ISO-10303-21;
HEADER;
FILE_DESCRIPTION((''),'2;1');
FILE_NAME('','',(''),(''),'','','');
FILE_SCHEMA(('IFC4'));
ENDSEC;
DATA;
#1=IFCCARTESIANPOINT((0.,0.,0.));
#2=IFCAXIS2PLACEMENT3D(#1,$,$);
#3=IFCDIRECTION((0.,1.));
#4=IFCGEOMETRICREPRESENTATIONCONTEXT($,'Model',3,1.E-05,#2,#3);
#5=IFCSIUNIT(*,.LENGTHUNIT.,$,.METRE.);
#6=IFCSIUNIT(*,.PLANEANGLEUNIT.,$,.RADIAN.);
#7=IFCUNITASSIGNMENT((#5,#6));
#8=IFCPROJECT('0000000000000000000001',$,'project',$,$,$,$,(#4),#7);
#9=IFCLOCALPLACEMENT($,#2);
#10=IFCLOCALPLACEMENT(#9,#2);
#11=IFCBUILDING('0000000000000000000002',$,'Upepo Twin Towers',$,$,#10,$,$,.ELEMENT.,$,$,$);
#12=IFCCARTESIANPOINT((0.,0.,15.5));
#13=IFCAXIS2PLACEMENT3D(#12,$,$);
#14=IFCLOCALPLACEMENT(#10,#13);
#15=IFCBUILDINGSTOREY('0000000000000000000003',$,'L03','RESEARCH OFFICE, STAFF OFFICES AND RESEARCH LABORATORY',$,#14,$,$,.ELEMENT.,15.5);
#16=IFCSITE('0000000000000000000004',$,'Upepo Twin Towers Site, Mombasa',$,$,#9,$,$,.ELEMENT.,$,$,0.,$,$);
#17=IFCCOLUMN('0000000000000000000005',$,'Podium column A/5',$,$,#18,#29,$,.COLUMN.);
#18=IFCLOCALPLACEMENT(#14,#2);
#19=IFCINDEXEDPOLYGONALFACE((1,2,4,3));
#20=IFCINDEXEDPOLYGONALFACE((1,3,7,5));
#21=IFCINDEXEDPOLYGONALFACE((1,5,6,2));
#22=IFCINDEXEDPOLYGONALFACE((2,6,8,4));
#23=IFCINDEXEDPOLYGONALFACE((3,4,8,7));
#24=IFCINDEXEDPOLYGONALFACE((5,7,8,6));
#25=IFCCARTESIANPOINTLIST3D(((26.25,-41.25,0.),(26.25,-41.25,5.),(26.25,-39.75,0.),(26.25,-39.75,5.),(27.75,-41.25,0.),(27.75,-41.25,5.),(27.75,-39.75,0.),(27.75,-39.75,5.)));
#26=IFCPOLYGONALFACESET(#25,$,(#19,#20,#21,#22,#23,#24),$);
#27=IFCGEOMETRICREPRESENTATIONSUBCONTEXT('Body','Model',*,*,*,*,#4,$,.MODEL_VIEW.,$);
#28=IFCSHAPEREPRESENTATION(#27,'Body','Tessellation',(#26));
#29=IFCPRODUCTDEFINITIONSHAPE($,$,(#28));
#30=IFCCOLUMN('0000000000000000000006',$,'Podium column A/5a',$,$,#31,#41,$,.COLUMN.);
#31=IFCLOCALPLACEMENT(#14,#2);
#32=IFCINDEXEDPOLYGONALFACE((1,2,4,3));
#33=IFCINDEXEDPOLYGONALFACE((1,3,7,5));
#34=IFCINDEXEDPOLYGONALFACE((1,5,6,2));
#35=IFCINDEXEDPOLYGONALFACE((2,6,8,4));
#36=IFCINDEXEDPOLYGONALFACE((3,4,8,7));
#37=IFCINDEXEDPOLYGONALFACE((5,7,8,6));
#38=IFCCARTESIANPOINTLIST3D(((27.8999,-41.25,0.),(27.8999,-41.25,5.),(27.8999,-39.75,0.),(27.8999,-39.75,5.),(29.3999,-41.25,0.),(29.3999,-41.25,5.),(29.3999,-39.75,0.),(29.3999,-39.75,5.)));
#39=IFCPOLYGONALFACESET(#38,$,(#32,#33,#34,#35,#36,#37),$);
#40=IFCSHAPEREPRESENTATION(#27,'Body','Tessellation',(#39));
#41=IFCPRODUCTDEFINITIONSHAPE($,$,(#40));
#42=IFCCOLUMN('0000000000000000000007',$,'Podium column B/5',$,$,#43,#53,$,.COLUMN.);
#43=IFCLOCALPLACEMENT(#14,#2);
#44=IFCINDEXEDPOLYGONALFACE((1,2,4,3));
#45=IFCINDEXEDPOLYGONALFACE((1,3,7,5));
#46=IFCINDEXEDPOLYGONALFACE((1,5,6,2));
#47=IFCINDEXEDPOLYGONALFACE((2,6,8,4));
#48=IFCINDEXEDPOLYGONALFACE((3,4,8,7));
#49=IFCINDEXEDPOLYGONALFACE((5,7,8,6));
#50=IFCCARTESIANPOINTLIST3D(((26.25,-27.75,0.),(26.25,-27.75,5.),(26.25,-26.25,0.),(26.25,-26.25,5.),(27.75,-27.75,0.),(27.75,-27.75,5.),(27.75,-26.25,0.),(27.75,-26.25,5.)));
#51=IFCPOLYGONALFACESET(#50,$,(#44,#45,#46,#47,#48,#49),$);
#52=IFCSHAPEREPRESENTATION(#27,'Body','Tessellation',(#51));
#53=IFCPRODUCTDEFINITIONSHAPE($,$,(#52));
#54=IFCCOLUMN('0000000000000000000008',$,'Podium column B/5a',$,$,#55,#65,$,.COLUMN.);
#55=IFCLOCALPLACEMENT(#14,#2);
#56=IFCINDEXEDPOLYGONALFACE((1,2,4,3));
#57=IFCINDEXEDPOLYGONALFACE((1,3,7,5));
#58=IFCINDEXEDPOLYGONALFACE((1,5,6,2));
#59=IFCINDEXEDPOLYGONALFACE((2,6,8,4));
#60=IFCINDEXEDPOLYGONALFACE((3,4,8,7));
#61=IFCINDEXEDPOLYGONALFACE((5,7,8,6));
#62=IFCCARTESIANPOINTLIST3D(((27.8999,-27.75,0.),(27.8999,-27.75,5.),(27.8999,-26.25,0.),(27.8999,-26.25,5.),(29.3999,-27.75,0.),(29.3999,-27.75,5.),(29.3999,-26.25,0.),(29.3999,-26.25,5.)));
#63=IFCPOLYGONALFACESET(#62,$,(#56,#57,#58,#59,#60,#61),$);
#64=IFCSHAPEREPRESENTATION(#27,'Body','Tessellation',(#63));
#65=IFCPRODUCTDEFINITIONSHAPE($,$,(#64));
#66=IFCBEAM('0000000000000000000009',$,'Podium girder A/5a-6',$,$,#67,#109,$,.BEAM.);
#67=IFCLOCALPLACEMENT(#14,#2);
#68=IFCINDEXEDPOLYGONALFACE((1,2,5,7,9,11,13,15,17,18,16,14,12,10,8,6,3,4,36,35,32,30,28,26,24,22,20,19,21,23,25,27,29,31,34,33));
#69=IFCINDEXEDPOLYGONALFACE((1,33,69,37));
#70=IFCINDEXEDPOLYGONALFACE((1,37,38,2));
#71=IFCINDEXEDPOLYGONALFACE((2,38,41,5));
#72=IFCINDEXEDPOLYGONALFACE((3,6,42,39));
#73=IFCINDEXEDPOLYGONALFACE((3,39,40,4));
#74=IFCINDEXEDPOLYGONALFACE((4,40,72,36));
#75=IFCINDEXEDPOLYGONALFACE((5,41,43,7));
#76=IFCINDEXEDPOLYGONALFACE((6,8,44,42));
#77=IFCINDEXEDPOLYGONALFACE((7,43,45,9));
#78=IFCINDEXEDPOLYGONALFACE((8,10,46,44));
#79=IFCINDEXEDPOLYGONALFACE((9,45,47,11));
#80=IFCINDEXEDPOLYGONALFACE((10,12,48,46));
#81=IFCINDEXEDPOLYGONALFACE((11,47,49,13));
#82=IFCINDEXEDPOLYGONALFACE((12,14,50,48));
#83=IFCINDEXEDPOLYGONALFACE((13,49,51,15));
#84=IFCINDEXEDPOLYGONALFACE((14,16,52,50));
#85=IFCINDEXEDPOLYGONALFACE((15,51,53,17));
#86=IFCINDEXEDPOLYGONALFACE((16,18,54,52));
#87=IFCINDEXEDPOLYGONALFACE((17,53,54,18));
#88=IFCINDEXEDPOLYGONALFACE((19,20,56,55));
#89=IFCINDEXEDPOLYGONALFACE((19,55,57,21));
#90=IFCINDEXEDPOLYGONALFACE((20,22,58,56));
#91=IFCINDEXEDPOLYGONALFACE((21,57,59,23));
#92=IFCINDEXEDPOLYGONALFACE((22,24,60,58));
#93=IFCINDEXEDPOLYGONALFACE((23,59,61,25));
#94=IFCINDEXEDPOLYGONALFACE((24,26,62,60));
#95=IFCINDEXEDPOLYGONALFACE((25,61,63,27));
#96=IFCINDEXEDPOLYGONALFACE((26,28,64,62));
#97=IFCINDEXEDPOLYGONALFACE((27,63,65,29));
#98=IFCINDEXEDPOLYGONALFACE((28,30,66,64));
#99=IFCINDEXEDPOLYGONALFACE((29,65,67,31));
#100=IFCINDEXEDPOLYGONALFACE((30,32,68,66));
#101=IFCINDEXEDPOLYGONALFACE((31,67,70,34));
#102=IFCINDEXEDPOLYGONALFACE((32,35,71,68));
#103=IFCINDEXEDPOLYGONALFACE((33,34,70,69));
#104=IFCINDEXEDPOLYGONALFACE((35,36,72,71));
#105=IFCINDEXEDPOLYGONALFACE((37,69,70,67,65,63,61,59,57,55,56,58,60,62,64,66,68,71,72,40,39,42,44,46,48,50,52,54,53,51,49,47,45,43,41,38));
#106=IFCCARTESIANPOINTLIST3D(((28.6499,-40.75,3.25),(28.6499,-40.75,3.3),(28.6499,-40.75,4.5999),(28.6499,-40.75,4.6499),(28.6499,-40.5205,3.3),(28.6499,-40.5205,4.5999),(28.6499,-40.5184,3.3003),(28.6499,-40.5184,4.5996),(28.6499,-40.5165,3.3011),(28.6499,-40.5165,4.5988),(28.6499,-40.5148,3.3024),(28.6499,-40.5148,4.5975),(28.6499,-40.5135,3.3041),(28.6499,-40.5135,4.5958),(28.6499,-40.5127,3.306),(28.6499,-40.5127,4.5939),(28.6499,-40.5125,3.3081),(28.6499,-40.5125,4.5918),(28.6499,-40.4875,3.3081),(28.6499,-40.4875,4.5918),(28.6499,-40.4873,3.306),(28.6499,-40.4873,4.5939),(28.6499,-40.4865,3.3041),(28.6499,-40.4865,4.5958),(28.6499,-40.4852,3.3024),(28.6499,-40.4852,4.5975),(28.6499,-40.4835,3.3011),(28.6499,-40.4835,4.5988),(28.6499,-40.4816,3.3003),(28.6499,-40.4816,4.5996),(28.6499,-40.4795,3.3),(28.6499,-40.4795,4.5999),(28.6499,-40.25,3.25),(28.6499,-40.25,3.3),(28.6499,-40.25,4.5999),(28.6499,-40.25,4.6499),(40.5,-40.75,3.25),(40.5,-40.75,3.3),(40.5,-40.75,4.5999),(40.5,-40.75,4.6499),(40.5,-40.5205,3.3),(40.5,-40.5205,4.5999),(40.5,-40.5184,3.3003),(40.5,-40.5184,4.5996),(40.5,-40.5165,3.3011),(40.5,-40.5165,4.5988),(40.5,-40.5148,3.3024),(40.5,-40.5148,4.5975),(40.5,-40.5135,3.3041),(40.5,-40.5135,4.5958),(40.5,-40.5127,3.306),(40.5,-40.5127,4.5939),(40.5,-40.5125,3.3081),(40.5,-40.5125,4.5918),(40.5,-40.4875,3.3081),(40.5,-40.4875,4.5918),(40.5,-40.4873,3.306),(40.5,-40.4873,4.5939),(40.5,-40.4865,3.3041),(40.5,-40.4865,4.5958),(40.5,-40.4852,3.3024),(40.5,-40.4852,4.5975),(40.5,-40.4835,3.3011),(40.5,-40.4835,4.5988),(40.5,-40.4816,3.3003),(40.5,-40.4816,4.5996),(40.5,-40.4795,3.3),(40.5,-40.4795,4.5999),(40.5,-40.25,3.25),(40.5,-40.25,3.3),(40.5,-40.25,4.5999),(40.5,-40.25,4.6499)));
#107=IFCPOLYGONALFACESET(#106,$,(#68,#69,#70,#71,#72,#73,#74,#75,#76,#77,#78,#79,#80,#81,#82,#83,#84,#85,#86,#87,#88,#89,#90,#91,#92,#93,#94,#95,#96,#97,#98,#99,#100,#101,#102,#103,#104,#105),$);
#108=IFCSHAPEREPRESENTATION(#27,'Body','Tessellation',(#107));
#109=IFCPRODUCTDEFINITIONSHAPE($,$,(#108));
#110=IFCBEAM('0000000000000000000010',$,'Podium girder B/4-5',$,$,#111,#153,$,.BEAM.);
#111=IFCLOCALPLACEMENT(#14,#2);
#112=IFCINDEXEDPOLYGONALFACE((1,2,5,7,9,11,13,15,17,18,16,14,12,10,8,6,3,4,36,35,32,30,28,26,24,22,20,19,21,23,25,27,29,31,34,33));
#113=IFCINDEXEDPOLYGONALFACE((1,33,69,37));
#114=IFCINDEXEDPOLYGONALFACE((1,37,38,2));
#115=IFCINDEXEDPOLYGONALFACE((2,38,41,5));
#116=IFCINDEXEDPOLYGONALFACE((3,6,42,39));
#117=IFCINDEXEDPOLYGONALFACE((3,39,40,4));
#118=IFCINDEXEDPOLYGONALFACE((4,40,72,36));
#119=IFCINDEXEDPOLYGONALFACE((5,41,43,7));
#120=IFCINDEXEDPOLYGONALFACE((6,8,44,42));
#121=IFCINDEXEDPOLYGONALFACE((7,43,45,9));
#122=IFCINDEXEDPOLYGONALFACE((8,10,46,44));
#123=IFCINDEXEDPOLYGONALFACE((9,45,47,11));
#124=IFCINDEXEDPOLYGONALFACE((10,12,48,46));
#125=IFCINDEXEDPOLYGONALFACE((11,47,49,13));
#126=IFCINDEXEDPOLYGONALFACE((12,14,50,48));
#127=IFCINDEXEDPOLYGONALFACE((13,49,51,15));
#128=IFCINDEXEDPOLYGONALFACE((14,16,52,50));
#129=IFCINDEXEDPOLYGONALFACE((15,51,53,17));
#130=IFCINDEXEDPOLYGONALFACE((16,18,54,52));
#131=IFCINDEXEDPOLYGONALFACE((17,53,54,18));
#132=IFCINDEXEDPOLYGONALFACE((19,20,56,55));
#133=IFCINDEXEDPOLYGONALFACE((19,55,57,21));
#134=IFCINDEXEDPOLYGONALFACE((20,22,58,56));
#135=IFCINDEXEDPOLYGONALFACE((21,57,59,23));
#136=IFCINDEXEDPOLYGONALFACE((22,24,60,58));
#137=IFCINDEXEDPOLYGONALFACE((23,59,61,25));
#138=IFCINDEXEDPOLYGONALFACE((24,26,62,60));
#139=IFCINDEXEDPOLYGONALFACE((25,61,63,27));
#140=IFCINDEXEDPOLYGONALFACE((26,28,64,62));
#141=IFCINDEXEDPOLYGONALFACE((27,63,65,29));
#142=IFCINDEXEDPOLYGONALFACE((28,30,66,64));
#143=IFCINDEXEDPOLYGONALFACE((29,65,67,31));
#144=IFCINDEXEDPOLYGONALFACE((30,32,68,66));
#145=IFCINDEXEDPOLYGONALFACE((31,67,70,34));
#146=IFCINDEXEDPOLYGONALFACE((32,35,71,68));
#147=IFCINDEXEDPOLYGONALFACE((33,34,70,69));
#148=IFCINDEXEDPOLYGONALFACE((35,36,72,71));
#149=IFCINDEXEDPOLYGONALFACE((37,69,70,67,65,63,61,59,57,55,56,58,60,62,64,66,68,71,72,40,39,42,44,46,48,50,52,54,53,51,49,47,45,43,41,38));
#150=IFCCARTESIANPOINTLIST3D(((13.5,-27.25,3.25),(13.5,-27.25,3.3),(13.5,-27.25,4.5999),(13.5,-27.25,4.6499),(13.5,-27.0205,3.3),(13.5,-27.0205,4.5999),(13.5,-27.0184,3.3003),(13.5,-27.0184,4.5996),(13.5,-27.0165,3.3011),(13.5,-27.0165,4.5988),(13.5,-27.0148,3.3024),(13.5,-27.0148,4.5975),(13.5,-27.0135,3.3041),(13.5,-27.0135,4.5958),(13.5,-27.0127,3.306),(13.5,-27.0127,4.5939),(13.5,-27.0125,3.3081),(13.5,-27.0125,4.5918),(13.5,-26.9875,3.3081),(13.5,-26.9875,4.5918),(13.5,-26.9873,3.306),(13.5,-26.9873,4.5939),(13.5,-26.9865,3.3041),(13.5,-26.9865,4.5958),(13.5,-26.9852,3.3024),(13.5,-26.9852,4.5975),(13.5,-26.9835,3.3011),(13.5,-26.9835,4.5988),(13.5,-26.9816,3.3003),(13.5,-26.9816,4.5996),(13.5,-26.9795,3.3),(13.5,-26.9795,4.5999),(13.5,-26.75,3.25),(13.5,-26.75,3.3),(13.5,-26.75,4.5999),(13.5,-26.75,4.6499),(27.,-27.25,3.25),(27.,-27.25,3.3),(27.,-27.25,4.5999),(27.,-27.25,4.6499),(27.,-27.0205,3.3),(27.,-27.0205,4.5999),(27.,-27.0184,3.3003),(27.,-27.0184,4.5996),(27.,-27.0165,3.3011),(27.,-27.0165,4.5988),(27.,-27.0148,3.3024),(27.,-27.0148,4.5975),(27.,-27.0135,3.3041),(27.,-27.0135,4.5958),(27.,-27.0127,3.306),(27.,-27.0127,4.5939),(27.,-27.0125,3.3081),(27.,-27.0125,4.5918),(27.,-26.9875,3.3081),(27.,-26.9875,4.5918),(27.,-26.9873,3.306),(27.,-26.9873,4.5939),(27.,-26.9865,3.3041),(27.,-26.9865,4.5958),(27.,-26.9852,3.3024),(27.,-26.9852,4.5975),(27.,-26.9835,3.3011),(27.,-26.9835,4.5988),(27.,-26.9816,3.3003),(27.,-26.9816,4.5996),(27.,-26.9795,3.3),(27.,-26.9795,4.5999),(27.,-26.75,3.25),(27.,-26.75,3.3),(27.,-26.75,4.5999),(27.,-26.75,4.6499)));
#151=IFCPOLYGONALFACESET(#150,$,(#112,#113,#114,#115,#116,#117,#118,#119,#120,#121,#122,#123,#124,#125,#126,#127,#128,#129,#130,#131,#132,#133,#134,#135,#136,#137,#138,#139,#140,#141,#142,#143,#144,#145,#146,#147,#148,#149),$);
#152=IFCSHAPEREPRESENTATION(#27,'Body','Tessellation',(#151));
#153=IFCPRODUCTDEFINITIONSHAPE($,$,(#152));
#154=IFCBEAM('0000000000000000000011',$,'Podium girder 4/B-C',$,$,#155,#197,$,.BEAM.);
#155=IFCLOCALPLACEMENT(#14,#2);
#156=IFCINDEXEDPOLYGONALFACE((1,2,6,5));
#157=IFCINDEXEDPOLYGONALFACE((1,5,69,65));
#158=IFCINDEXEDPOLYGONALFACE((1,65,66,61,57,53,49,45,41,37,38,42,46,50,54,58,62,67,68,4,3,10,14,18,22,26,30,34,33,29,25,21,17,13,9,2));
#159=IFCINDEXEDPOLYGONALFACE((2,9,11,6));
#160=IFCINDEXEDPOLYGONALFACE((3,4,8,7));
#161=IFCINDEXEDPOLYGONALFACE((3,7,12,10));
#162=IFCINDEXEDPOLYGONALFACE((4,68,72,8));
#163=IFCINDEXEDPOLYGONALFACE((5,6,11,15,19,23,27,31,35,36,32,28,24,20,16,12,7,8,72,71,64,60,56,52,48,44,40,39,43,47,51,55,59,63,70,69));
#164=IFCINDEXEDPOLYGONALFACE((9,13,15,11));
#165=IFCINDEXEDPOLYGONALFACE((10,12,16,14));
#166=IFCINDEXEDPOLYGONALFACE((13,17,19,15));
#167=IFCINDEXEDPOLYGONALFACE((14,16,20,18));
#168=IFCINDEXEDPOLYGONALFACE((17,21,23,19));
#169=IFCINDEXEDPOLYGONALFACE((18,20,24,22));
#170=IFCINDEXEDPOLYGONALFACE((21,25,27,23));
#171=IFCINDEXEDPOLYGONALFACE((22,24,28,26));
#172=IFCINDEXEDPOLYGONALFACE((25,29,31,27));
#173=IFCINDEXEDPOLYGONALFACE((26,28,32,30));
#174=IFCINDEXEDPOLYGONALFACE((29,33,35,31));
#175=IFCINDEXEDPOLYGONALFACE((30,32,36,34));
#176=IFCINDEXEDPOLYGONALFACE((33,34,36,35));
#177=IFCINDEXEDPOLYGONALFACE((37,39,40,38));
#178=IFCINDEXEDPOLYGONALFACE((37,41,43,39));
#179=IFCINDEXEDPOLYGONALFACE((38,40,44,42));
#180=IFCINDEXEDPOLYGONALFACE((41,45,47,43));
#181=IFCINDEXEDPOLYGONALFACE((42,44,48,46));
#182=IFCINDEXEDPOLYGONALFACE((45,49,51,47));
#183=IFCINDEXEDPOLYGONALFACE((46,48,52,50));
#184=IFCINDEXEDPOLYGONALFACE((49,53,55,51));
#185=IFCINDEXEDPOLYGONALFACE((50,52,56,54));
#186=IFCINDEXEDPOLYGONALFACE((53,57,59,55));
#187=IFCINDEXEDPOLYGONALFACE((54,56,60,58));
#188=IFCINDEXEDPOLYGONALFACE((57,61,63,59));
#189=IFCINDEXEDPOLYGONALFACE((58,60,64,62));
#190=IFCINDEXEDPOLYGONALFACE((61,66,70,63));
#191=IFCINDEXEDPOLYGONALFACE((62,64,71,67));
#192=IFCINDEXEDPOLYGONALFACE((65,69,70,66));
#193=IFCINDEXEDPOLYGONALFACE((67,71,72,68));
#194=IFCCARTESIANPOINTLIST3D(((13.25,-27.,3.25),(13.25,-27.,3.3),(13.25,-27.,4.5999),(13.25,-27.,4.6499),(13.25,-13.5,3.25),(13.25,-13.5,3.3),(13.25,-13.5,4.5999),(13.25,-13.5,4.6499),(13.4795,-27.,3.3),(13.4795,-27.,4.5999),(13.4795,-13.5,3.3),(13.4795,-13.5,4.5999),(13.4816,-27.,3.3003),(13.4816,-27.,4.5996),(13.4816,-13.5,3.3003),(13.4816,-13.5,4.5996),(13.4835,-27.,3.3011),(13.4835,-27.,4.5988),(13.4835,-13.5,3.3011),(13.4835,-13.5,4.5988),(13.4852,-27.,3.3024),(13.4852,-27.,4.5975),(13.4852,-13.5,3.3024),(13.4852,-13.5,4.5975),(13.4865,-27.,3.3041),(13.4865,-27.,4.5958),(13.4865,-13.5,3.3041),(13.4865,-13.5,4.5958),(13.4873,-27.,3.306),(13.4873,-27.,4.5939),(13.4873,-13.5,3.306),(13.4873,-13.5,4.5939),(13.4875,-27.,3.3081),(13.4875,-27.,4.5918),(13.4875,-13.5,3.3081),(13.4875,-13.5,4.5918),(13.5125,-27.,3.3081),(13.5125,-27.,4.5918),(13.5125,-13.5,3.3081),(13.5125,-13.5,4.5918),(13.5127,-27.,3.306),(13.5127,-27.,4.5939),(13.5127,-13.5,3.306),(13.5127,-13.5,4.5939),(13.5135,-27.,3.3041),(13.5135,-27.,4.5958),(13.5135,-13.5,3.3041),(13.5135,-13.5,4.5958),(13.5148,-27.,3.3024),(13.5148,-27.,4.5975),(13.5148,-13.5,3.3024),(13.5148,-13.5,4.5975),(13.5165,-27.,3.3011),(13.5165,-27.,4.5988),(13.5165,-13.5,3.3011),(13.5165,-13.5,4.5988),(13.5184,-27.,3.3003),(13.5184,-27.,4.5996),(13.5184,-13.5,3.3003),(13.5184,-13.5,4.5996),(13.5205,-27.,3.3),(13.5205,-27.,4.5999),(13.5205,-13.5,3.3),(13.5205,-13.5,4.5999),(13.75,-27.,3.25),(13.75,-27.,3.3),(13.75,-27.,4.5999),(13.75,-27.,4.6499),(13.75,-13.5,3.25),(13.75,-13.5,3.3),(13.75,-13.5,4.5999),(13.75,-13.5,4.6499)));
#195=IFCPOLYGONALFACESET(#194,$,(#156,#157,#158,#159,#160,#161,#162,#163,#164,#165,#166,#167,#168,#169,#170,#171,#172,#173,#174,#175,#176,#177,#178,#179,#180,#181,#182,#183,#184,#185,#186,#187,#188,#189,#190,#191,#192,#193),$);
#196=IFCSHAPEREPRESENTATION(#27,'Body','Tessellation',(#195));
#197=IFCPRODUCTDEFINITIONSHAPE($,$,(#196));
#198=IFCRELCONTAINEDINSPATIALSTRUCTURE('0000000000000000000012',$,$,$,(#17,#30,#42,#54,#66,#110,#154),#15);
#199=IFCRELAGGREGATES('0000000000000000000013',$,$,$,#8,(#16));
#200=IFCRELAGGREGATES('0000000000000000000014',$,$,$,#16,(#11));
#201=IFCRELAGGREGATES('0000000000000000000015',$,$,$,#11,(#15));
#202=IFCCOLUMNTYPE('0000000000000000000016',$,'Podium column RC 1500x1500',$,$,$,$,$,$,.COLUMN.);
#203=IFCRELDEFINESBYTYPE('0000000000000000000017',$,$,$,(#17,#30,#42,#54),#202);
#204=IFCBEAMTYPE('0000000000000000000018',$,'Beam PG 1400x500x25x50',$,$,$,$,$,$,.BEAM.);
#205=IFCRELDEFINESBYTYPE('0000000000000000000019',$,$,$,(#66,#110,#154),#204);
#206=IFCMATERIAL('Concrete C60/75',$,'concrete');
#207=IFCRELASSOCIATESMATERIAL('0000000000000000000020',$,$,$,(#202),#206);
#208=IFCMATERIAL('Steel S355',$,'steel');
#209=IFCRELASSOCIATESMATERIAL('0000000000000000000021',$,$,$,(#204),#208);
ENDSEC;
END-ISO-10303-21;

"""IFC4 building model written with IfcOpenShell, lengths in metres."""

from ifc_helpers import new_model, si_unit, direction, frame, origin, origin_2d, place, context, subcontext, project, spatial, rectangle, i_section, extrude, material, material_profile, profile_set, type_object, element, save


model = new_model("IFC4")

# Units and contexts
model_context = context("Model", 3, precision=1e-05, world=origin(), true_north=direction((0.0, 1.0)))
body_context = subcontext(model_context, "Body", "Model", "MODEL_VIEW")
ifc_project = project(units=[si_unit("LENGTHUNIT", "METRE"), si_unit("PLANEANGLEUNIT", "RADIAN")], contexts=[model_context])

# Site, building, storey
site_placement = place(None, origin())
site = spatial("IfcSite", under=ifc_project, at=site_placement, Name="Upepo Twin Towers Site, Mombasa", CompositionType="ELEMENT", RefElevation=0.0)
building_placement = place(site_placement, origin())
building = spatial("IfcBuilding", under=site, at=building_placement, Name="Upepo Twin Towers", CompositionType="ELEMENT")
storey_placement = place(building_placement, frame((0.0, 0.0, 15.5)))
storey = spatial("IfcBuildingStorey", under=building, at=storey_placement, Name="L03", Description="RESEARCH OFFICE, STAFF OFFICES AND RESEARCH LABORATORY", CompositionType="ELEMENT", Elevation=15.5)

# Columns
ifc_material_1 = material(Name="Concrete C60/75", Category="concrete")
ifc_material_profile_1 = material_profile(ifc_material_1, rectangle(XDim=1.5, YDim=1.5, at=origin_2d()), Name="RC 1500x1500")
ifc_profile_set_1 = profile_set([ifc_material_profile_1], Name="Concrete C60/75")
column_type = type_object("IfcColumnType", Name="Podium column RC 1500x1500", PredefinedType="COLUMN", material=ifc_profile_set_1)
for number, where, z_axis, x_axis, name in (
    (1, (27.0, -40.5, 0.0), (0.0, 0.0, 1.0), (1.0, 0.0, 0.0), "Podium column A/5"),
    (2, (28.6499, -40.5, 0.0), (0.0, 0.0, 1.0), (1.0, 0.0, 0.0), "Podium column A/5a"),
    (3, (27.0, -27.0, 0.0), (0.0, 0.0, 1.0), (1.0, 0.0, 0.0), "Podium column B/5"),
    (4, (28.6499, -27.0, 0.0), (0.0, 0.0, 1.0), (1.0, 0.0, 0.0), "Podium column B/5a"),
):
    element("IfcColumn", number, at=place(storey_placement, frame(where, z_axis=z_axis, x_axis=x_axis)), inside=storey, type_object=column_type, Name=name, PredefinedType="COLUMN", context=body_context, shape_type="SweptSolid", body=[
        extrude(rectangle(XDim=1.5, YDim=1.5, at=origin_2d()), origin(), (0.0, 0.0, 1.0), 5.0),
    ])

# Beams
ifc_material_2 = material(Name="Steel S355", Category="steel")
ifc_material_profile_2 = material_profile(ifc_material_2, i_section(OverallWidth=0.5, OverallDepth=1.3999, WebThickness=0.0249, FlangeThickness=0.05, FilletRadius=0.0081, at=origin_2d()), Name="PG 1400x500x25x50")
ifc_profile_set_2 = profile_set([ifc_material_profile_2], Name="Steel S355")
beam_type_1 = type_object("IfcBeamType", Name="Beam PG 1400x500x25x50", PredefinedType="BEAM", material=ifc_profile_set_2)
beam_placement = place(storey_placement, frame((28.6499, -40.5, 3.95), z_axis=(1.0, 0.0, 0.0), x_axis=(0.0, 1.0, 0.0)))
element("IfcBeam", 5, at=beam_placement, inside=storey, type_object=beam_type_1, Name="Podium girder A/5a-6", PredefinedType="BEAM", context=body_context, shape_type="SweptSolid", body=[
    extrude(i_section(OverallWidth=0.5, OverallDepth=1.3999, WebThickness=0.0249, FlangeThickness=0.05, FilletRadius=0.0081, at=origin_2d()), origin(), (0.0, 0.0, 1.0), 11.8501),
])
for number, where, z_axis, x_axis, name in (
    (6, (13.5, -27.0, 3.95), (1.0, 0.0, 0.0), (0.0, 1.0, 0.0), "Podium girder B/4-5"),
    (7, (13.5, -27.0, 3.95), (0.0, 1.0, 0.0), (-1.0, 0.0, 0.0), "Podium girder 4/B-C"),
):
    element("IfcBeam", number, at=place(storey_placement, frame(where, z_axis=z_axis, x_axis=x_axis)), inside=storey, type_object=beam_type_1, Name=name, PredefinedType="BEAM", context=body_context, shape_type="SweptSolid", body=[
        extrude(i_section(OverallWidth=0.5, OverallDepth=1.3999, WebThickness=0.0249, FlangeThickness=0.05, FilletRadius=0.0081, at=origin_2d()), origin(), (0.0, 0.0, 1.0), 13.5),
    ])

save(model, "model.ifc")
